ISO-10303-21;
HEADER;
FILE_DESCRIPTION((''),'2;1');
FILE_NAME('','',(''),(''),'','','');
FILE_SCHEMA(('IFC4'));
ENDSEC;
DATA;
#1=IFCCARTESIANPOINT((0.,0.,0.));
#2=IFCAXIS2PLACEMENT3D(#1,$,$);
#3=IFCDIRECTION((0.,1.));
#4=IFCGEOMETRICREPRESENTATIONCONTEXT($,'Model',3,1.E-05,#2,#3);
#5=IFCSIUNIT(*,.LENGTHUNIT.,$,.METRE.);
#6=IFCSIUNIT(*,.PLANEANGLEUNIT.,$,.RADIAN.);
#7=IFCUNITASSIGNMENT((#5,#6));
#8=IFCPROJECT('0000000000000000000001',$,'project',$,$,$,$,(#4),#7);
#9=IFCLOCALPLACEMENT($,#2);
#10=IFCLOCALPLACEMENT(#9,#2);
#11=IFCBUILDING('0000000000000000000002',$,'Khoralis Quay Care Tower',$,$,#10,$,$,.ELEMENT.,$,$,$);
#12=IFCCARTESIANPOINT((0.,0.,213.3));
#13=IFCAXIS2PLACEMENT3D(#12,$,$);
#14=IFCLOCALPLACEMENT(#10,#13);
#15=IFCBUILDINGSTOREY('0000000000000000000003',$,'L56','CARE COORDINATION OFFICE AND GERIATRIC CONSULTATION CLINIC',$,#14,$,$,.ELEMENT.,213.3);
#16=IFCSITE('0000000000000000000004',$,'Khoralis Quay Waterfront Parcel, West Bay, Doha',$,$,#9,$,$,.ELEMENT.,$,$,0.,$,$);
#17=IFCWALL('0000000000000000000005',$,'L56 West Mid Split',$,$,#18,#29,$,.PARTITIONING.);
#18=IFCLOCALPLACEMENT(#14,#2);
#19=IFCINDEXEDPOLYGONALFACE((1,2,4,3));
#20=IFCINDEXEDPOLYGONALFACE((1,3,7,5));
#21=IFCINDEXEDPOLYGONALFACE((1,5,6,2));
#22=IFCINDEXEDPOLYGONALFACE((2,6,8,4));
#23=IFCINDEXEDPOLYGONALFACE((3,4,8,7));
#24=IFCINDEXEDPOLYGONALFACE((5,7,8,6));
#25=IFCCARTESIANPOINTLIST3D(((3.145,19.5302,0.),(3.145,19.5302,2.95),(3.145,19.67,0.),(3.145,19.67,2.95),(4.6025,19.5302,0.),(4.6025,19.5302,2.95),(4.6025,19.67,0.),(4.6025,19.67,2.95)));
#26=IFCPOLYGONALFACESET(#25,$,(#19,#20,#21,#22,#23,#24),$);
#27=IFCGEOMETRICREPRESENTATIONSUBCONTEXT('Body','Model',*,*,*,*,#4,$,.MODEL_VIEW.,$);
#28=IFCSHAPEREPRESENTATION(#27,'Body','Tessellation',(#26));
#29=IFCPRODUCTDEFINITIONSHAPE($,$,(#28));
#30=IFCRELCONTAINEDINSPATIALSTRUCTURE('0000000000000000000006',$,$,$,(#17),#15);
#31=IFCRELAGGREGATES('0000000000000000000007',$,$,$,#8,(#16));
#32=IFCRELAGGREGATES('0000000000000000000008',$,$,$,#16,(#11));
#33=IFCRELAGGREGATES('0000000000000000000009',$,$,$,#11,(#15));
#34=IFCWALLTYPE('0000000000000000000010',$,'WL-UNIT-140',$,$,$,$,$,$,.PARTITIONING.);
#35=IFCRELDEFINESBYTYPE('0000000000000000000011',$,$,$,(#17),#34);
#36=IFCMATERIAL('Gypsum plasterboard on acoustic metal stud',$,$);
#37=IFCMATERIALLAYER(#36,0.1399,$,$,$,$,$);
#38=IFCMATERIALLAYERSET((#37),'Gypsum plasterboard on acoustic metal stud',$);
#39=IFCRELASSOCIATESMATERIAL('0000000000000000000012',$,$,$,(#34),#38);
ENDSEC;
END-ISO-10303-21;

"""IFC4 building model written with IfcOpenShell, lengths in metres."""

from ifc_helpers import new_model, si_unit, direction, frame, frame_2d, origin, place, context, subcontext, project, spatial, rectangle, extrude, material, layer, layer_set, type_object, element, save


model = new_model("IFC4")

# Units and contexts
model_context = context("Model", 3, precision=1e-05, world=origin(), true_north=direction((0.0, 1.0)))
body_context = subcontext(model_context, "Body", "Model", "MODEL_VIEW")
ifc_project = project(units=[si_unit("LENGTHUNIT", "METRE"), si_unit("PLANEANGLEUNIT", "RADIAN")], contexts=[model_context])

# Site, building, storey
site_placement = place(None, origin())
site = spatial("IfcSite", under=ifc_project, at=site_placement, Name="Khoralis Quay Waterfront Parcel, West Bay, Doha", CompositionType="ELEMENT", RefElevation=0.0)
building_placement = place(site_placement, origin())
building = spatial("IfcBuilding", under=site, at=building_placement, Name="Khoralis Quay Care Tower", CompositionType="ELEMENT")
storey_placement = place(building_placement, frame((0.0, 0.0, 213.3)))
storey = spatial("IfcBuildingStorey", under=building, at=storey_placement, Name="L56", Description="CARE COORDINATION OFFICE AND GERIATRIC CONSULTATION CLINIC", CompositionType="ELEMENT", Elevation=213.3)

# Wall
ifc_material_1 = material(Name="Gypsum plasterboard on acoustic metal stud")
ifc_layer_1 = layer(ifc_material_1, 0.1399)
ifc_layer_set_1 = layer_set([ifc_layer_1], Name="Gypsum plasterboard on acoustic metal stud")
wall_type_1 = type_object("IfcWallType", Name="WL-UNIT-140", PredefinedType="PARTITIONING", material=ifc_layer_set_1)
wall_1_placement = place(storey_placement, frame((3.145, 19.6001, 0.0), z_axis=(0.0, 0.0, 1.0), x_axis=(1.0, 0.0, 0.0)))
element("IfcWall", 1, at=wall_1_placement, inside=storey, type_object=wall_type_1, Name="L56 West Mid Split", PredefinedType="PARTITIONING", context=body_context, shape_type="SweptSolid", body=[
    extrude(rectangle(XDim=1.4575, YDim=0.1399, at=frame_2d((0.7288, 0.0))), origin(), (0.0, 0.0, 1.0), 2.95),
])

save(model, "model.ifc")
